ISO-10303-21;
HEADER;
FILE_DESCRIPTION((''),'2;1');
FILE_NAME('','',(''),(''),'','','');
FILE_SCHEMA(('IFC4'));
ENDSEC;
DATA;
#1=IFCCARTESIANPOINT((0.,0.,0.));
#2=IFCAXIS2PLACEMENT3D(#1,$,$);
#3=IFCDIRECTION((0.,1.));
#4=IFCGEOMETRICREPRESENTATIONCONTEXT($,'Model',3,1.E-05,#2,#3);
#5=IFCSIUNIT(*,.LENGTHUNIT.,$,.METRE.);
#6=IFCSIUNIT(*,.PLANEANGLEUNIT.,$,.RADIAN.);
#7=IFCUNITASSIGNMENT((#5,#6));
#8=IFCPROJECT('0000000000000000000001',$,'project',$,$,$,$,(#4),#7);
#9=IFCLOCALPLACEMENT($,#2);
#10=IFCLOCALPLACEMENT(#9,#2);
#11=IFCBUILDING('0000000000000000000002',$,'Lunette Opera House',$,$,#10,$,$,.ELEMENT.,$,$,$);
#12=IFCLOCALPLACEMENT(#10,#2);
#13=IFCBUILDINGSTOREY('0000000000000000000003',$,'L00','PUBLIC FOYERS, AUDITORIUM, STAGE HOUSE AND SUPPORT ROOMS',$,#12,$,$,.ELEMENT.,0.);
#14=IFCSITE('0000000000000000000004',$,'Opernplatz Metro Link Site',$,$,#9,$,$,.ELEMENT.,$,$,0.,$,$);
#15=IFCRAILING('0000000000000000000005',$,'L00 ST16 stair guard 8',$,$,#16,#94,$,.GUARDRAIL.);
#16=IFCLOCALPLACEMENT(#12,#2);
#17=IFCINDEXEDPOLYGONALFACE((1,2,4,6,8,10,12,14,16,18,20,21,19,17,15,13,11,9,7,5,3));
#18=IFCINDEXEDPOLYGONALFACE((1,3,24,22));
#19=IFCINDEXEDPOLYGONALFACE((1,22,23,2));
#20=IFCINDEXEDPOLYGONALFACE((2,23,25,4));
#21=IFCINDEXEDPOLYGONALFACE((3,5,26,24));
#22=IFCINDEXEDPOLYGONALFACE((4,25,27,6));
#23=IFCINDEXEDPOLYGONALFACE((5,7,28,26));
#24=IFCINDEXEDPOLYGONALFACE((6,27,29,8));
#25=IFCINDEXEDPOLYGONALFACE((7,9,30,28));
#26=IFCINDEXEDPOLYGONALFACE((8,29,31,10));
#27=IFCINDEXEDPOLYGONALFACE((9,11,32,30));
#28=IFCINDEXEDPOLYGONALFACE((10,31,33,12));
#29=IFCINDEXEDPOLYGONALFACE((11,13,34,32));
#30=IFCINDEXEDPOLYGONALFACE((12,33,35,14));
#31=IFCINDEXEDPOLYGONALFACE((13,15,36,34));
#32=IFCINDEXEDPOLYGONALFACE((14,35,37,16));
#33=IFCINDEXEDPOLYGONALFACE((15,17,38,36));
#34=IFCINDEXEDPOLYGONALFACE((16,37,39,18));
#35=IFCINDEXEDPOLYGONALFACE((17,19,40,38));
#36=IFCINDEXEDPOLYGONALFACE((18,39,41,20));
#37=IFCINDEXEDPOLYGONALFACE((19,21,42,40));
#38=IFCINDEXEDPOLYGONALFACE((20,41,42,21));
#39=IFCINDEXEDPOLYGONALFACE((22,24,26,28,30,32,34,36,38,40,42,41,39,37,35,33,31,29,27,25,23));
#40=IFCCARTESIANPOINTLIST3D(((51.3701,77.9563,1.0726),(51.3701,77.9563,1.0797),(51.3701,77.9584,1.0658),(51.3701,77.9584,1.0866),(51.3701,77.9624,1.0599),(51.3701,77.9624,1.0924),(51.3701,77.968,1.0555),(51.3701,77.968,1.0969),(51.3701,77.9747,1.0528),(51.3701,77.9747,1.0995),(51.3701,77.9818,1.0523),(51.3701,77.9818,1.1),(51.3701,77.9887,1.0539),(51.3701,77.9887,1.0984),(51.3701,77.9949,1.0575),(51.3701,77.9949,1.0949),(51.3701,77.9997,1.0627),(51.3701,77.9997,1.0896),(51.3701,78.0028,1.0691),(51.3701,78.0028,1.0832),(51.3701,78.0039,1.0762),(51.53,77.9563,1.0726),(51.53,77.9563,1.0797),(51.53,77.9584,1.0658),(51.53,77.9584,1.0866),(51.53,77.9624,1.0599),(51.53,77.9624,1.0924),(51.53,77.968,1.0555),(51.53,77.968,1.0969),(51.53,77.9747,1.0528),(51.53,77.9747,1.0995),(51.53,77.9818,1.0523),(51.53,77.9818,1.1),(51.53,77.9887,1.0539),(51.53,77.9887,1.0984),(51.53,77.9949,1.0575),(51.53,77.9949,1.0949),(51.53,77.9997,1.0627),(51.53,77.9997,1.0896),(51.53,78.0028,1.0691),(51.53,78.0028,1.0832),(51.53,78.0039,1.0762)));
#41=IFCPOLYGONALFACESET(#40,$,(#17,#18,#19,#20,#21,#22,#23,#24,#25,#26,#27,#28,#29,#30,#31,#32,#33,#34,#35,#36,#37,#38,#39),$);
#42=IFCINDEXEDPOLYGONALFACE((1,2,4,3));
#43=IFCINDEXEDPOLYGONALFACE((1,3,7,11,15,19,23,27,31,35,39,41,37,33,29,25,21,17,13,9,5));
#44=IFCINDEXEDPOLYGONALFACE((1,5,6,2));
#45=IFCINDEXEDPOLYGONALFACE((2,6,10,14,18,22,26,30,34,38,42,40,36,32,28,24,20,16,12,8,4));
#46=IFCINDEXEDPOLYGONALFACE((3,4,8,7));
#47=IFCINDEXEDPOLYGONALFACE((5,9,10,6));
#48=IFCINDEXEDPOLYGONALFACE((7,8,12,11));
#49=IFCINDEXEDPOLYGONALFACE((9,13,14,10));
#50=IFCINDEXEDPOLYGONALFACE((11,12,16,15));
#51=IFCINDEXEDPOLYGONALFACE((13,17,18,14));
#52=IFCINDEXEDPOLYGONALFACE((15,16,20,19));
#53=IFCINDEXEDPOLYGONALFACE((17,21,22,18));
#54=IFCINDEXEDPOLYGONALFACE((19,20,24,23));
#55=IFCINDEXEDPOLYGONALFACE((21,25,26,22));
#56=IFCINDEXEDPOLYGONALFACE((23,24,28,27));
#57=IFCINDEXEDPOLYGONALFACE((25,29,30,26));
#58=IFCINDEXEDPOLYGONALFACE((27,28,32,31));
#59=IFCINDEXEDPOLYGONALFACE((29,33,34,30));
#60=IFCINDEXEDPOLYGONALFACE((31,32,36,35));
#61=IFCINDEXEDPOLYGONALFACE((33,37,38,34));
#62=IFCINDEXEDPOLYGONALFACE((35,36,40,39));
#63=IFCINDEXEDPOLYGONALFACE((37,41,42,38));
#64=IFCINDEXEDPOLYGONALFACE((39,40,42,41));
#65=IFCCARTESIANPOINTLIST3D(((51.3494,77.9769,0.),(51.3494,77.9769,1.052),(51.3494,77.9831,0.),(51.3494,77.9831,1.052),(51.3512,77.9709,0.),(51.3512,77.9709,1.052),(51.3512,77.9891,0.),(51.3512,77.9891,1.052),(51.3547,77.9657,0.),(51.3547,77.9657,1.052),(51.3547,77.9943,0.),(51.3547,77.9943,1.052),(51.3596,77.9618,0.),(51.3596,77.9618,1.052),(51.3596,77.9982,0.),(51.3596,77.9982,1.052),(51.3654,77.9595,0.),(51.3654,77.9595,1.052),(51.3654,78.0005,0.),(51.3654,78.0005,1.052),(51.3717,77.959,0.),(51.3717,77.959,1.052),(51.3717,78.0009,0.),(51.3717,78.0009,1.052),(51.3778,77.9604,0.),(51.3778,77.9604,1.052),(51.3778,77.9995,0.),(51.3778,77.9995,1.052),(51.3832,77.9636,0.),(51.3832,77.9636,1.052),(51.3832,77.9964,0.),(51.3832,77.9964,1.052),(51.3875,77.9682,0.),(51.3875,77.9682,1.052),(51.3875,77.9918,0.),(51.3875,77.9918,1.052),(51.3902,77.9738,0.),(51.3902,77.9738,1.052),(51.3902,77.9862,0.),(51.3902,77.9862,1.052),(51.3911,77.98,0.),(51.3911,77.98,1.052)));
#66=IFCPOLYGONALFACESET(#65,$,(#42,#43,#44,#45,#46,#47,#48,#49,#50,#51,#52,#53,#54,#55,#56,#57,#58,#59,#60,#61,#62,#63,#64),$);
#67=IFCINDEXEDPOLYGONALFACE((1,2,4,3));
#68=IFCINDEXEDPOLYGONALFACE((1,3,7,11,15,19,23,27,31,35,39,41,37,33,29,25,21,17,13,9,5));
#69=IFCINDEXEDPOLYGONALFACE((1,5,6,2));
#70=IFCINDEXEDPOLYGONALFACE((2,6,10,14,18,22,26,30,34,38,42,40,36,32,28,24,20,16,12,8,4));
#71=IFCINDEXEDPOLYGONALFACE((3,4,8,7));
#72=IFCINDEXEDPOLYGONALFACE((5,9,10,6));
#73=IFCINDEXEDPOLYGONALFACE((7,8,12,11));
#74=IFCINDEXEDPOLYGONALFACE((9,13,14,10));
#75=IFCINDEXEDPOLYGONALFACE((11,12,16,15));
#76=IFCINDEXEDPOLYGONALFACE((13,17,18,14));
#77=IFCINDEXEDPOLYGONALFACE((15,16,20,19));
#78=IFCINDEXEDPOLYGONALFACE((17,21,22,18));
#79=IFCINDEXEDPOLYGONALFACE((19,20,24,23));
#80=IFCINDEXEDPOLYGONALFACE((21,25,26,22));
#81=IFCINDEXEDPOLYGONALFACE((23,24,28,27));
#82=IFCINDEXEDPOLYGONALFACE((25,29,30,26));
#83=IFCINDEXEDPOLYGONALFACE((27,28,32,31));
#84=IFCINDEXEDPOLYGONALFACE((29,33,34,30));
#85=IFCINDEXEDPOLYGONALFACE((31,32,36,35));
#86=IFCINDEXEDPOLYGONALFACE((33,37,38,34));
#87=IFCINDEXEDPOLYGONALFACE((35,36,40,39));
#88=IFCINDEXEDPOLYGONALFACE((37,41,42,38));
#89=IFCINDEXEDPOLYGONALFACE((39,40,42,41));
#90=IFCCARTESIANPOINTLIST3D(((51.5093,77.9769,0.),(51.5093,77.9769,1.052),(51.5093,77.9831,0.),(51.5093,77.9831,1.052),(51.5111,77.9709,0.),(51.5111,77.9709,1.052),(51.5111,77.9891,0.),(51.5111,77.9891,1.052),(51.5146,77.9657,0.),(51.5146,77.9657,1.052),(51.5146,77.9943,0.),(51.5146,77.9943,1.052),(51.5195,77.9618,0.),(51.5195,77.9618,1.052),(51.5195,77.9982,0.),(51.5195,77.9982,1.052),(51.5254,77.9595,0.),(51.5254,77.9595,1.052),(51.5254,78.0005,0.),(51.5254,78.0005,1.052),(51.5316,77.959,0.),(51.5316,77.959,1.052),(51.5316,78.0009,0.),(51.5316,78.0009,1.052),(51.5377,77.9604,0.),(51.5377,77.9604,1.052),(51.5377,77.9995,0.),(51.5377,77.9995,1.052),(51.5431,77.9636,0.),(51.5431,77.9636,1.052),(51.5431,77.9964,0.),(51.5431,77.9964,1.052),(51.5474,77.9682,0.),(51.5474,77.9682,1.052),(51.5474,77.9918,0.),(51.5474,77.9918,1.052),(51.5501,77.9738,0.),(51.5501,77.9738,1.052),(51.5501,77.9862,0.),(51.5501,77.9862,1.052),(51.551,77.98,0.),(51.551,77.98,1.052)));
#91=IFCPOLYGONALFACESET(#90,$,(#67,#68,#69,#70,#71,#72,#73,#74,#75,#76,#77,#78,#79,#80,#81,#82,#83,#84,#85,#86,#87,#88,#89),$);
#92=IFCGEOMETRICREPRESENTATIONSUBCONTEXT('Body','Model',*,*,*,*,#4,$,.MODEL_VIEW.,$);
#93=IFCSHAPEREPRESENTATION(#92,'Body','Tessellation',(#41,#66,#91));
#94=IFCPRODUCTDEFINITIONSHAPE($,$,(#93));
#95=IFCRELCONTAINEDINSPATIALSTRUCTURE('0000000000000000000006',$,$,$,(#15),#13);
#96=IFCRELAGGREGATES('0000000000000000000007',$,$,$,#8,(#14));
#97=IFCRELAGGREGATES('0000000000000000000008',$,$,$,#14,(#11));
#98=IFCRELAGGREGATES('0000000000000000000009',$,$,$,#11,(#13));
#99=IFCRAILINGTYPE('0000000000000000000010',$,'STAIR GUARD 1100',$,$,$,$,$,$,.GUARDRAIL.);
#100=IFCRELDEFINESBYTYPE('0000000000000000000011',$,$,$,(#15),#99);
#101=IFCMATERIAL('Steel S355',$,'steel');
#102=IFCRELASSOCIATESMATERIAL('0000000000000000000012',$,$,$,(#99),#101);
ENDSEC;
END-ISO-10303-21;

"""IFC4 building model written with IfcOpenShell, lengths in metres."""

from ifc_helpers import new_model, si_unit, direction, frame, origin, origin_2d, place, context, subcontext, project, spatial, circle, extrude, material, type_object, element, save


model = new_model("IFC4")

# Units and contexts
model_context = context("Model", 3, precision=1e-05, world=origin(), true_north=direction((0.0, 1.0)))
body_context = subcontext(model_context, "Body", "Model", "MODEL_VIEW")
ifc_project = project(units=[si_unit("LENGTHUNIT", "METRE"), si_unit("PLANEANGLEUNIT", "RADIAN")], contexts=[model_context])

# Site, building, storey
site_placement = place(None, origin())
site = spatial("IfcSite", under=ifc_project, at=site_placement, Name="Opernplatz Metro Link Site", CompositionType="ELEMENT", RefElevation=0.0)
building_placement = place(site_placement, origin())
building = spatial("IfcBuilding", under=site, at=building_placement, Name="Lunette Opera House", CompositionType="ELEMENT")
storey_placement = place(building_placement, origin())
storey = spatial("IfcBuildingStorey", under=building, at=storey_placement, Name="L00", Description="PUBLIC FOYERS, AUDITORIUM, STAGE HOUSE AND SUPPORT ROOMS", CompositionType="ELEMENT", Elevation=0.0)

# Railing
ifc_material_1 = material(Name="Steel S355", Category="steel")
railing_type_1 = type_object("IfcRailingType", Name="STAIR GUARD 1100", PredefinedType="GUARDRAIL", material=ifc_material_1)
railing_1_placement = place(storey_placement, frame((51.3701, 77.98, 0.0)))
element("IfcRailing", 1, at=railing_1_placement, inside=storey, type_object=railing_type_1, Name="L00 ST16 stair guard 8", PredefinedType="GUARDRAIL", context=body_context, shape_type="SweptSolid", body=[
    extrude(circle(Radius=0.0239, at=origin_2d()), frame((0.0, 0.0, 1.0762), z_axis=(1.0, 0.0, 0.0), x_axis=(0.0, 1.0, 0.0)), (0.0, 0.0, 1.0), 0.1599),
    extrude(circle(Radius=0.021, at=origin_2d()), origin(), (0.0, 0.0, 1.0), 1.052),
    extrude(circle(Radius=0.021, at=origin_2d()), frame((0.1599, 0.0, 0.0)), (0.0, 0.0, 1.0), 1.052),
])

save(model, "model.ifc")
